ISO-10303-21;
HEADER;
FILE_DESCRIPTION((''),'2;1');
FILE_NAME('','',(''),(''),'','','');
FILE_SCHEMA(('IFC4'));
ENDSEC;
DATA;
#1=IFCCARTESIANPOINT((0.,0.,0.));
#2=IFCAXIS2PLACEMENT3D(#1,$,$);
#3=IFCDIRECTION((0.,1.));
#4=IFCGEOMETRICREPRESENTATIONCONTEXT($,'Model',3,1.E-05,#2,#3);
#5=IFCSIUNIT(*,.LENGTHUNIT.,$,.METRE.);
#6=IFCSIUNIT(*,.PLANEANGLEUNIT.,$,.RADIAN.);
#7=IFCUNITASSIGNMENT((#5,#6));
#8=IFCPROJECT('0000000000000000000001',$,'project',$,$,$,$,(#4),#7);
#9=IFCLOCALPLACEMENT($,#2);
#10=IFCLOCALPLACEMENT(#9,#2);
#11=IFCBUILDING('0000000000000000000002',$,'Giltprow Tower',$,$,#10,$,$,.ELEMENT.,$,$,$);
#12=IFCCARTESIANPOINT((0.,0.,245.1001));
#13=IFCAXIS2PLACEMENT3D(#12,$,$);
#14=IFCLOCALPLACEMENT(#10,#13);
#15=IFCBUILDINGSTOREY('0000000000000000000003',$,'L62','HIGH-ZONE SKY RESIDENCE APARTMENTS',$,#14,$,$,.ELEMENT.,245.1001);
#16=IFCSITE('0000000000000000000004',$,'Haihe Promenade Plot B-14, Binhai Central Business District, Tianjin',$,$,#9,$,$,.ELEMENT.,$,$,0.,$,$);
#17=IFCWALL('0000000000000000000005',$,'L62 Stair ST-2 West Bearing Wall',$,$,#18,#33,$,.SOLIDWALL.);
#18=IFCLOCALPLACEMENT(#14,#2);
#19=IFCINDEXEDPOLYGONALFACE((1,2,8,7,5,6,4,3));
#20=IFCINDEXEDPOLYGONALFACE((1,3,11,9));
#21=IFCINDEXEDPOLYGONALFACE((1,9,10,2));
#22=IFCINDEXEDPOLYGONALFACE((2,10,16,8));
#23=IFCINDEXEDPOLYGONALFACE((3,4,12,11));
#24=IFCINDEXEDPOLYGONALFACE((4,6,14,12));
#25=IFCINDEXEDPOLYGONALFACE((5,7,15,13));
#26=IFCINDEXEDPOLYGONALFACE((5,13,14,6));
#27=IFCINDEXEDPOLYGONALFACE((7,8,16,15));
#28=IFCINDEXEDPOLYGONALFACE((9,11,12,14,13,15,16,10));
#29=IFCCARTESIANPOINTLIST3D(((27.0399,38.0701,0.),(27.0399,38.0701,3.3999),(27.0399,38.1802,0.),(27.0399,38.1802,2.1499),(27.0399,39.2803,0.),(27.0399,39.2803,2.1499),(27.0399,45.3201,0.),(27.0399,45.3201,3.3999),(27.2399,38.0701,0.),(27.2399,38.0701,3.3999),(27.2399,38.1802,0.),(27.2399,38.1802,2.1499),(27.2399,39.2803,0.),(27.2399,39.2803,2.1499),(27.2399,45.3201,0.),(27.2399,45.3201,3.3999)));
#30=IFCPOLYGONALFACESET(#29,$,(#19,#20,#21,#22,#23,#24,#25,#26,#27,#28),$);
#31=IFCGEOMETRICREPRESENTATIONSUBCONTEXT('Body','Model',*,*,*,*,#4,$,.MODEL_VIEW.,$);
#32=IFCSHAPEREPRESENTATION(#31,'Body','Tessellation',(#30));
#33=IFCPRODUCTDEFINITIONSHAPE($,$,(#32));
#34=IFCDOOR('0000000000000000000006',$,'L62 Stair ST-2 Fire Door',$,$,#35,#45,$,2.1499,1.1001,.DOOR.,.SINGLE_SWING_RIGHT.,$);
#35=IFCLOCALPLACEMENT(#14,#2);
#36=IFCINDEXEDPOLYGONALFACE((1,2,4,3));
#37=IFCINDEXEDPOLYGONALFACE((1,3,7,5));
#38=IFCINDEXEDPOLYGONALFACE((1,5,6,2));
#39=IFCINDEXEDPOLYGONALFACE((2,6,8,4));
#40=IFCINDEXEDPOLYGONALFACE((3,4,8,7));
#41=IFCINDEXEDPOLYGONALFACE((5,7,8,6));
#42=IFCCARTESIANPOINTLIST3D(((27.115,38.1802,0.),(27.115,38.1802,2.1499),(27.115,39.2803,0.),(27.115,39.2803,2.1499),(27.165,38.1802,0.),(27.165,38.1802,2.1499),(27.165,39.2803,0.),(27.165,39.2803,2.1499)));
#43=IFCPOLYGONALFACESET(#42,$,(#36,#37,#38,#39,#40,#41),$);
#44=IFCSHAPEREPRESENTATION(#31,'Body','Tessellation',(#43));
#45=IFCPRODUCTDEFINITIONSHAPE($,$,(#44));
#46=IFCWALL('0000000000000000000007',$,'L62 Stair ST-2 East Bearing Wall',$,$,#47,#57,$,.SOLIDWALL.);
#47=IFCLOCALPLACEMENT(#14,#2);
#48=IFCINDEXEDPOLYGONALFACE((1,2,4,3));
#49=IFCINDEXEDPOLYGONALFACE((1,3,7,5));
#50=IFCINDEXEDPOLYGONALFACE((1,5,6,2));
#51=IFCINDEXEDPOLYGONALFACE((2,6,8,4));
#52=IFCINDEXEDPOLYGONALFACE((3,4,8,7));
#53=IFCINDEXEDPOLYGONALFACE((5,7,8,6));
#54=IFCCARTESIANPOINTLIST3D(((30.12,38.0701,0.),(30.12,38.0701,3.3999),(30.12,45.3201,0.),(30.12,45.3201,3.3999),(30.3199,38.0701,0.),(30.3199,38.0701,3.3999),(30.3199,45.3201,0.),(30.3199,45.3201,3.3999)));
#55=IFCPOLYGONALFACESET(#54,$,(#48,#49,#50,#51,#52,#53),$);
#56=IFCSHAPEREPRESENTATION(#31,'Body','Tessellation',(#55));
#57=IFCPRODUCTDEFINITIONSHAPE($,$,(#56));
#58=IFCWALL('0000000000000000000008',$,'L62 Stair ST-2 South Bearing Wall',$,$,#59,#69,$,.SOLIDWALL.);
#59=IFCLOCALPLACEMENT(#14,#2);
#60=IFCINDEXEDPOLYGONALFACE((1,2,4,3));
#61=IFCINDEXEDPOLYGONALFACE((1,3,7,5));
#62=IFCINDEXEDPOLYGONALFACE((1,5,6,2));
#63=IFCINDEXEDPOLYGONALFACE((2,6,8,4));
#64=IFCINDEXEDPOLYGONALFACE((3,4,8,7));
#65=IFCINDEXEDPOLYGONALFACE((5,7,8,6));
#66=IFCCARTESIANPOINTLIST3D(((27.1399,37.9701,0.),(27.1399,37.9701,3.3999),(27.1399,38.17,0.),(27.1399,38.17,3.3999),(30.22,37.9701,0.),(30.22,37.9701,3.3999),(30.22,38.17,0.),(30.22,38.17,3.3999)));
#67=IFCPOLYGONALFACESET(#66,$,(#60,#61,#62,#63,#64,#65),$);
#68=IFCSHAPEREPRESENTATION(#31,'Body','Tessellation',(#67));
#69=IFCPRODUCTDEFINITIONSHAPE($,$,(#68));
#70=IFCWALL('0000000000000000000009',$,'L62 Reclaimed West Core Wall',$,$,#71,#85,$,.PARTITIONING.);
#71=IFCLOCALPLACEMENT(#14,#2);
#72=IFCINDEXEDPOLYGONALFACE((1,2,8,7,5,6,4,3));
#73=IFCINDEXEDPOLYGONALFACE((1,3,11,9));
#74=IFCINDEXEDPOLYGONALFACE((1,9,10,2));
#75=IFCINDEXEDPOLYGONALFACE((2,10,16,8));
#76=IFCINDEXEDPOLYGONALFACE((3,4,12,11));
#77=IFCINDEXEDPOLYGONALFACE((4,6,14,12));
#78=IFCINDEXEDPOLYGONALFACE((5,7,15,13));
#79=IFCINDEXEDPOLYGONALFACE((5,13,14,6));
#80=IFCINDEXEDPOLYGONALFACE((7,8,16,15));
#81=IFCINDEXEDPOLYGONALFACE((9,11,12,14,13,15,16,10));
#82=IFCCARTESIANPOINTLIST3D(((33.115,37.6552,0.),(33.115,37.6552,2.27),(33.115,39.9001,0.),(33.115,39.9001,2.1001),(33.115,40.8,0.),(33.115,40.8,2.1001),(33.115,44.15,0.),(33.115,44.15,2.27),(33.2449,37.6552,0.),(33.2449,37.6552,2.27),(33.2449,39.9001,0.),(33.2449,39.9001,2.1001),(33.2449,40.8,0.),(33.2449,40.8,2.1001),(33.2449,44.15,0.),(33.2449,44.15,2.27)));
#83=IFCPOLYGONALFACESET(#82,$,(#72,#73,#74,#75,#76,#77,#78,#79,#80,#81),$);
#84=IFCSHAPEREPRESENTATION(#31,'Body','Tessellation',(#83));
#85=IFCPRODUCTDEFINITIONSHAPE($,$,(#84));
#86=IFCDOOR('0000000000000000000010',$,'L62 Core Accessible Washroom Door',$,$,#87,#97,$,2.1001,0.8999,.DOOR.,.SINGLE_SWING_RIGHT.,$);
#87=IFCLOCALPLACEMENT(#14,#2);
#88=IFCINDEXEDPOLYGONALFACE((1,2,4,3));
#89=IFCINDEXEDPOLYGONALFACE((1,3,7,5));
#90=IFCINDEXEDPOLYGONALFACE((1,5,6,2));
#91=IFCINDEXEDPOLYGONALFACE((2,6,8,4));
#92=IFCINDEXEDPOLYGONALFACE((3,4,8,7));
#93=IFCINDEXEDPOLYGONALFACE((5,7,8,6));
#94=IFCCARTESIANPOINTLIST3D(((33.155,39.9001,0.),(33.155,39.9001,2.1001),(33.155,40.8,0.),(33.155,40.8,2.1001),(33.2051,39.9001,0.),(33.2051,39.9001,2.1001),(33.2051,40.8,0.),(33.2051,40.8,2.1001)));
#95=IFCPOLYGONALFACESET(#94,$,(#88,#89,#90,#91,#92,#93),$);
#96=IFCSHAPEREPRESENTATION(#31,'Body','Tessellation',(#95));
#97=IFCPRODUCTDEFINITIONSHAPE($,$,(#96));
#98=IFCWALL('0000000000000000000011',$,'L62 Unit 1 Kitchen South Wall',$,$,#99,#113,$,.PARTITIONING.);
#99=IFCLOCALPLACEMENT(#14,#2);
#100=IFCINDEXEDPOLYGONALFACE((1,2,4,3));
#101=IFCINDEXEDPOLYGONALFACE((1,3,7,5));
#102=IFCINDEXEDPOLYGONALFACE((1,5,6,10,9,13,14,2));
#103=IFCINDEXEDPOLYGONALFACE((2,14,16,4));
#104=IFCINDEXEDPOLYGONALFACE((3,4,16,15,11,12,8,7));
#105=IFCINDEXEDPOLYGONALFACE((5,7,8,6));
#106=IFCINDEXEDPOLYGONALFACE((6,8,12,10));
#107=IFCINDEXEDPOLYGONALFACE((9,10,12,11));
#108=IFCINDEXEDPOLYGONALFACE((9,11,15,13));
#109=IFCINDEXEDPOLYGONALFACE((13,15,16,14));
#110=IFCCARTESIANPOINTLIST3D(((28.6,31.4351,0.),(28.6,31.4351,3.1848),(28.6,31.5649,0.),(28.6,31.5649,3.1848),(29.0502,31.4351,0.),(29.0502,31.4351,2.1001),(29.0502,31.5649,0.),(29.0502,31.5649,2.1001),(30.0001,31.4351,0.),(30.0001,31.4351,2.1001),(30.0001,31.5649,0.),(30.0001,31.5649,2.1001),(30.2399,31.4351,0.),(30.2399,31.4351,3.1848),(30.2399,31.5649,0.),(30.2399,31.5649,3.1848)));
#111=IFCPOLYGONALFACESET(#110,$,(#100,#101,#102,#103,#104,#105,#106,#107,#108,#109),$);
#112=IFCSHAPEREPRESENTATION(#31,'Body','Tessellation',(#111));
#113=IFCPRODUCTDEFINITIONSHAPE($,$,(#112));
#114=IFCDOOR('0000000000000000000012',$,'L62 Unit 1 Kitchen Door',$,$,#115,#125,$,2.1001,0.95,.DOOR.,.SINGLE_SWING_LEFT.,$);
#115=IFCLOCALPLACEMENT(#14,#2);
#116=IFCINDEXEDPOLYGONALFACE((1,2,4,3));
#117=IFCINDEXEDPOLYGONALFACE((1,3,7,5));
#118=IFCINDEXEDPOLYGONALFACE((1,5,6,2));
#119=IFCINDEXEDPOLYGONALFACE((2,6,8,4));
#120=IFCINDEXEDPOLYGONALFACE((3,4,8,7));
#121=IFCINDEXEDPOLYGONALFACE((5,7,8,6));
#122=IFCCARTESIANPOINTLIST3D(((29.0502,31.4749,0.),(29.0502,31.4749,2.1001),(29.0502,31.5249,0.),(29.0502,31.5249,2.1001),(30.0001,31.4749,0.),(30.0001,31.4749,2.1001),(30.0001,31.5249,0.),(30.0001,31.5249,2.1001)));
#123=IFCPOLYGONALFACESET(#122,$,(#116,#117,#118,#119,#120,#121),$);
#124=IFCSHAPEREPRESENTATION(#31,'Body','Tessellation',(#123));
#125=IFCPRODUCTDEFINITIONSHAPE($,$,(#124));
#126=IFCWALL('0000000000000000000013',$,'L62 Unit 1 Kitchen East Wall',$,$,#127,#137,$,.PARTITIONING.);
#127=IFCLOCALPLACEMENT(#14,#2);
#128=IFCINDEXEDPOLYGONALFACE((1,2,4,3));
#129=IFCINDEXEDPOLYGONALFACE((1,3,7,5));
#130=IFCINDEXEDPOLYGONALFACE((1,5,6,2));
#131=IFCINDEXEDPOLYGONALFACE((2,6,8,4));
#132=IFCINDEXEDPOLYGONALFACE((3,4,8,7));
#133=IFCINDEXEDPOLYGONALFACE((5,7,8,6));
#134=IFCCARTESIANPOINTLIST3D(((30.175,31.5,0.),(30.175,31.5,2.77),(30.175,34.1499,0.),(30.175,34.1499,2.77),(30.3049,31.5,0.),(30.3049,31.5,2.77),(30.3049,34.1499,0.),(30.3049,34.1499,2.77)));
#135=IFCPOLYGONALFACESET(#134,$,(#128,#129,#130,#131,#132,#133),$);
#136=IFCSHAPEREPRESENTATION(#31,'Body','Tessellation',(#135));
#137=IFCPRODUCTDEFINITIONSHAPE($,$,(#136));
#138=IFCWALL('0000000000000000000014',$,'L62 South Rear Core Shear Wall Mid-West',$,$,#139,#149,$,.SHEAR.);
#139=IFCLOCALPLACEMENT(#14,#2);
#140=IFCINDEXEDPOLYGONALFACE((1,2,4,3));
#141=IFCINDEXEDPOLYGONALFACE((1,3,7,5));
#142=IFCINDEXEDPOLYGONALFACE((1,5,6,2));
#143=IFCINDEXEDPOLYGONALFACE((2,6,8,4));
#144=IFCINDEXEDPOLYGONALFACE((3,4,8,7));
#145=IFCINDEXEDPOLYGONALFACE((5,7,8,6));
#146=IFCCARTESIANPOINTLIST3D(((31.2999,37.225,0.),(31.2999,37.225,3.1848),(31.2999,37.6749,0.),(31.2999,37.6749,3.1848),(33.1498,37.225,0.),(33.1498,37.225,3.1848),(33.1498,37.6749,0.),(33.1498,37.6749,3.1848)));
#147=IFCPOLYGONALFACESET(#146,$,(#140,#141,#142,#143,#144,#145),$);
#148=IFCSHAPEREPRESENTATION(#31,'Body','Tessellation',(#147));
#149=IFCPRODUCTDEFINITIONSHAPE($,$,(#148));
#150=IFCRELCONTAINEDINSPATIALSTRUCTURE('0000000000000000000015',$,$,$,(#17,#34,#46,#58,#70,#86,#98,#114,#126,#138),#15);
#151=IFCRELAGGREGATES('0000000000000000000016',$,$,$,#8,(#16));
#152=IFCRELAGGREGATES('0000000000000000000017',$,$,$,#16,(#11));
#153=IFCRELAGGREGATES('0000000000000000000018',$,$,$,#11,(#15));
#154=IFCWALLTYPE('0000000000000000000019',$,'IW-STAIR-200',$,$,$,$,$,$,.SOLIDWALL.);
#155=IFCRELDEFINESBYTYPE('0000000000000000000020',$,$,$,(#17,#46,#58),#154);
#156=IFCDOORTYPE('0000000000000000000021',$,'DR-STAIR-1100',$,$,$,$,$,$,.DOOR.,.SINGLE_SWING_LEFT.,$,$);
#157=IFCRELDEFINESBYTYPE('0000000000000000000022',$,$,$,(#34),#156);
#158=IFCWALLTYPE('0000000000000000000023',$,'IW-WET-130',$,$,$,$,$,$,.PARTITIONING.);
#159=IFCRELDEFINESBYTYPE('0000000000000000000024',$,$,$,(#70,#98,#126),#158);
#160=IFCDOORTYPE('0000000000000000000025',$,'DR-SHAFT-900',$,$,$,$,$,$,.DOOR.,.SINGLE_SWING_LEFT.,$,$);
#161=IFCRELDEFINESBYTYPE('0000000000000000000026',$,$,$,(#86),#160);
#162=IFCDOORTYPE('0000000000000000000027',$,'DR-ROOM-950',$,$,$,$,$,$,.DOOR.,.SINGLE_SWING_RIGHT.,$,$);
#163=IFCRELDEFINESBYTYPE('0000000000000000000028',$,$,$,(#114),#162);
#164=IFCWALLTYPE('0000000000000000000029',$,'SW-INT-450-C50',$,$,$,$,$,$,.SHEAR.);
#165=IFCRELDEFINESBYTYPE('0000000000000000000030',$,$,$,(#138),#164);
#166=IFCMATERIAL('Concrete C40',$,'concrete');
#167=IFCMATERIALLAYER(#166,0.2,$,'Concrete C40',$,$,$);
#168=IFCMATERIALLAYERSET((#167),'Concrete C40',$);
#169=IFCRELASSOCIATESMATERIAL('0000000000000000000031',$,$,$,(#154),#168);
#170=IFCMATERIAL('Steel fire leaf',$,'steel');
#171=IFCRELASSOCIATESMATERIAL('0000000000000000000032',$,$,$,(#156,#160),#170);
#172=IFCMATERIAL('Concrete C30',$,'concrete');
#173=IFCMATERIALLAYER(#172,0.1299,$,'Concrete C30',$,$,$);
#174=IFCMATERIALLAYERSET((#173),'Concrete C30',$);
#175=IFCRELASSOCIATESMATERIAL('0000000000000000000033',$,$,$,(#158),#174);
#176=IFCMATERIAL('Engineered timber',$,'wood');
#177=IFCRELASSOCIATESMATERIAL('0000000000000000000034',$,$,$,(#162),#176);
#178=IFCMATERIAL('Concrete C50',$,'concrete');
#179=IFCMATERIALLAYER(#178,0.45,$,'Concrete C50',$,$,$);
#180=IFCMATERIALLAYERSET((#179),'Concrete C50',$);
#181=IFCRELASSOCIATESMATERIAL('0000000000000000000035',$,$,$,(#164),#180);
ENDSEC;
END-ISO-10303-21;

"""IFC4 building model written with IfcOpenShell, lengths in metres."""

from ifc_helpers import new_model, si_unit, direction, frame, frame_2d, origin, place, context, subcontext, project, spatial, rectangle, extrude, source, transform, mapped, material, layer, layer_set, type_object, element, fill, save


model = new_model("IFC4")

# Units and contexts
model_context = context("Model", 3, precision=1e-05, world=origin(), true_north=direction((0.0, 1.0)))
body_context = subcontext(model_context, "Body", "Model", "MODEL_VIEW")
ifc_project = project(units=[si_unit("LENGTHUNIT", "METRE"), si_unit("PLANEANGLEUNIT", "RADIAN")], contexts=[model_context])

# Site, building, storey
site_placement = place(None, origin())
site = spatial("IfcSite", under=ifc_project, at=site_placement, Name="Haihe Promenade Plot B-14, Binhai Central Business District, Tianjin", CompositionType="ELEMENT", RefElevation=0.0)
building_placement = place(site_placement, origin())
building = spatial("IfcBuilding", under=site, at=building_placement, Name="Giltprow Tower", CompositionType="ELEMENT")
storey_placement = place(building_placement, frame((0.0, 0.0, 245.1001)))
storey = spatial("IfcBuildingStorey", under=building, at=storey_placement, Name="L62", Description="HIGH-ZONE SKY RESIDENCE APARTMENTS", CompositionType="ELEMENT", Elevation=245.1001)

# Shared definitions
ifc_material_1 = material(Name="Concrete C50", Category="concrete")

# Wall, opening, door
ifc_material_2 = material(Name="Concrete C40", Category="concrete")
ifc_layer_1 = layer(ifc_material_2, 0.2, Name="Concrete C40")
ifc_layer_set_1 = layer_set([ifc_layer_1], Name="Concrete C40")
wall_type_1 = type_object("IfcWallType", Name="IW-STAIR-200", PredefinedType="SOLIDWALL", material=ifc_layer_set_1)
ifc_material_3 = material(Name="Steel fire leaf", Category="steel")
door_type_1 = type_object("IfcDoorType", Name="DR-STAIR-1100", OperationType="SINGLE_SWING_LEFT", PredefinedType="DOOR", material=ifc_material_3)
shared_shape_1 = source(origin(), body_context, "Body", "SweptSolid", [
    extrude(rectangle(XDim=1.1001, YDim=2.1499, at=frame_2d((0.55, 1.075))), frame((0.0, 0.0249, 0.0), z_axis=(0.0, -1.0, 0.0), x_axis=(1.0, 0.0, 0.0)), (0.0, 0.0, 1.0), 0.05),
])
wall_1_placement = place(storey_placement, frame((27.1399, 38.0701, 0.0), z_axis=(0.0, 0.0, 1.0), x_axis=(0.0, 1.0, 0.0)))
wall_1 = element("IfcWall", 1, at=wall_1_placement, inside=storey, type_object=wall_type_1, Name="L62 Stair ST-2 West Bearing Wall", PredefinedType="SOLIDWALL", context=body_context, shape_type="SweptSolid", body=[
    extrude(rectangle(XDim=7.25, YDim=0.2, at=frame_2d((3.625, 0.0))), origin(), (0.0, 0.0, 1.0), 3.3999),
])
opening_1_placement = place(wall_1_placement, frame((0.1101, 0.0, 0.0)))
opening_1 = element("IfcOpeningElement", 2, at=opening_1_placement, cuts=wall_1, PredefinedType="OPENING", context=body_context, shape_type="SweptSolid", body=[
    extrude(rectangle(XDim=1.1001, YDim=2.1499, at=frame_2d((0.55, 1.075))), frame((0.0, 0.1099, 0.0), z_axis=(0.0, -1.0, 0.0), x_axis=(1.0, 0.0, 0.0)), (0.0, 0.0, 1.0), 0.22),
])
door_1_placement = place(opening_1_placement, origin())
door_1 = element("IfcDoor", 3, at=door_1_placement, inside=storey, type_object=door_type_1, Name="L62 Stair ST-2 Fire Door", OperationType="SINGLE_SWING_RIGHT", OverallHeight=2.1499, OverallWidth=1.1001, PredefinedType="DOOR", context=body_context, shape_type="MappedRepresentation", body=[
    mapped(shared_shape_1, transform((0.0, 0.0, 0.0), x_axis=(1.0, 0.0, 0.0), y_axis=(0.0, 1.0, 0.0), z_axis=(0.0, 0.0, 1.0), scale=1.0)),
])
fill(opening_1, door_1)

# Walls
wall_2_placement = place(storey_placement, frame((30.22, 38.0701, 0.0), z_axis=(0.0, 0.0, 1.0), x_axis=(0.0, 1.0, 0.0)))
element("IfcWall", 4, at=wall_2_placement, inside=storey, type_object=wall_type_1, Name="L62 Stair ST-2 East Bearing Wall", PredefinedType="SOLIDWALL", context=body_context, shape_type="SweptSolid", body=[
    extrude(rectangle(XDim=7.25, YDim=0.2, at=frame_2d((3.625, 0.0))), origin(), (0.0, 0.0, 1.0), 3.3999),
])
wall_3_placement = place(storey_placement, frame((27.1399, 38.0701, 0.0), z_axis=(0.0, 0.0, 1.0), x_axis=(1.0, 0.0, 0.0)))
element("IfcWall", 5, at=wall_3_placement, inside=storey, type_object=wall_type_1, Name="L62 Stair ST-2 South Bearing Wall", PredefinedType="SOLIDWALL", context=body_context, shape_type="SweptSolid", body=[
    extrude(rectangle(XDim=3.0801, YDim=0.2, at=frame_2d((1.54, 0.0))), origin(), (0.0, 0.0, 1.0), 3.3999),
])

# Walls, openings, doors
ifc_material_4 = material(Name="Concrete C30", Category="concrete")
ifc_layer_2 = layer(ifc_material_4, 0.1299, Name="Concrete C30")
ifc_layer_set_2 = layer_set([ifc_layer_2], Name="Concrete C30")
wall_type_2 = type_object("IfcWallType", Name="IW-WET-130", PredefinedType="PARTITIONING", material=ifc_layer_set_2)
wall_4_placement = place(storey_placement, frame((33.1799, 37.655, 0.0), z_axis=(0.0, 0.0, 1.0), x_axis=(0.0, 1.0, 0.0)))
wall_4 = element("IfcWall", 6, at=wall_4_placement, inside=storey, type_object=wall_type_2, Name="L62 Reclaimed West Core Wall", PredefinedType="PARTITIONING", context=body_context, shape_type="SweptSolid", body=[
    extrude(rectangle(XDim=6.4949, YDim=0.1299, at=frame_2d((3.2476, 0.0))), origin(), (0.0, 0.0, 1.0), 2.27),
])
opening_2_placement = place(wall_4_placement, frame((2.2451, 0.0, 0.0)))
opening_2 = element("IfcOpeningElement", 7, at=opening_2_placement, cuts=wall_4, PredefinedType="OPENING", context=body_context, shape_type="SweptSolid", body=[
    extrude(rectangle(XDim=0.8999, YDim=2.1001, at=frame_2d((0.45, 1.05))), frame((0.0, 0.075, 0.0), z_axis=(0.0, -1.0, 0.0), x_axis=(1.0, 0.0, 0.0)), (0.0, 0.0, 1.0), 0.1499),
])
door_type_2 = type_object("IfcDoorType", Name="DR-SHAFT-900", OperationType="SINGLE_SWING_LEFT", PredefinedType="DOOR", material=ifc_material_3)
shared_shape_2 = source(origin(), body_context, "Body", "SweptSolid", [
    extrude(rectangle(XDim=0.8999, YDim=2.1001, at=frame_2d((0.45, 1.05))), frame((0.0, 0.0249, 0.0), z_axis=(0.0, -1.0, 0.0), x_axis=(1.0, 0.0, 0.0)), (0.0, 0.0, 1.0), 0.05),
])
door_2_placement = place(opening_2_placement, origin())
door_2 = element("IfcDoor", 8, at=door_2_placement, inside=storey, type_object=door_type_2, Name="L62 Core Accessible Washroom Door", OperationType="SINGLE_SWING_RIGHT", OverallHeight=2.1001, OverallWidth=0.8999, PredefinedType="DOOR", context=body_context, shape_type="MappedRepresentation", body=[
    mapped(shared_shape_2, transform((0.0, 0.0, 0.0), x_axis=(1.0, 0.0, 0.0), y_axis=(0.0, 1.0, 0.0), z_axis=(0.0, 0.0, 1.0), scale=1.0)),
])
fill(opening_2, door_2)
wall_5_placement = place(storey_placement, frame((28.6001, 31.5, 0.0), z_axis=(0.0, 0.0, 1.0), x_axis=(1.0, 0.0, 0.0)))
wall_5 = element("IfcWall", 9, at=wall_5_placement, inside=storey, type_object=wall_type_2, Name="L62 Unit 1 Kitchen South Wall", PredefinedType="PARTITIONING", context=body_context, shape_type="SweptSolid", body=[
    extrude(rectangle(XDim=1.6399, YDim=0.1299, at=frame_2d((0.8198, 0.0))), origin(), (0.0, 0.0, 1.0), 3.1848),
])
opening_3_placement = place(wall_5_placement, frame((0.45, 0.0, 0.0)))
opening_3 = element("IfcOpeningElement", 10, at=opening_3_placement, cuts=wall_5, PredefinedType="OPENING", context=body_context, shape_type="SweptSolid", body=[
    extrude(rectangle(XDim=0.95, YDim=2.1001, at=frame_2d((0.4751, 1.05))), frame((0.0, 0.075, 0.0), z_axis=(0.0, -1.0, 0.0), x_axis=(1.0, 0.0, 0.0)), (0.0, 0.0, 1.0), 0.1499),
])
ifc_material_5 = material(Name="Engineered timber", Category="wood")
door_type_3 = type_object("IfcDoorType", Name="DR-ROOM-950", OperationType="SINGLE_SWING_RIGHT", PredefinedType="DOOR", material=ifc_material_5)
shared_shape_3 = source(origin(), body_context, "Body", "SweptSolid", [
    extrude(rectangle(XDim=0.95, YDim=2.1001, at=frame_2d((0.4751, 1.05))), frame((0.0, 0.0249, 0.0), z_axis=(0.0, -1.0, 0.0), x_axis=(1.0, 0.0, 0.0)), (0.0, 0.0, 1.0), 0.05),
])
door_3_placement = place(opening_3_placement, origin())
door_3 = element("IfcDoor", 11, at=door_3_placement, inside=storey, type_object=door_type_3, Name="L62 Unit 1 Kitchen Door", OperationType="SINGLE_SWING_LEFT", OverallHeight=2.1001, OverallWidth=0.95, PredefinedType="DOOR", context=body_context, shape_type="MappedRepresentation", body=[
    mapped(shared_shape_3, transform((0.0, 0.0, 0.0), x_axis=(1.0, 0.0, 0.0), y_axis=(0.0, 1.0, 0.0), z_axis=(0.0, 0.0, 1.0), scale=1.0)),
])
fill(opening_3, door_3)

# Walls
wall_6_placement = place(storey_placement, frame((30.24, 31.5, 0.0), z_axis=(0.0, 0.0, 1.0), x_axis=(0.0, 1.0, 0.0)))
element("IfcWall", 12, at=wall_6_placement, inside=storey, type_object=wall_type_2, Name="L62 Unit 1 Kitchen East Wall", PredefinedType="PARTITIONING", context=body_context, shape_type="SweptSolid", body=[
    extrude(rectangle(XDim=2.6499, YDim=0.1299, at=frame_2d((1.325, 0.0))), origin(), (0.0, 0.0, 1.0), 2.77),
])
ifc_layer_3 = layer(ifc_material_1, 0.45, Name="Concrete C50")
ifc_layer_set_3 = layer_set([ifc_layer_3], Name="Concrete C50")
wall_type_3 = type_object("IfcWallType", Name="SW-INT-450-C50", PredefinedType="SHEAR", material=ifc_layer_set_3)
wall_7_placement = place(storey_placement, frame((31.3, 37.45, 0.0), z_axis=(0.0, 0.0, 1.0), x_axis=(1.0, 0.0, 0.0)))
element("IfcWall", 13, at=wall_7_placement, inside=storey, type_object=wall_type_3, Name="L62 South Rear Core Shear Wall Mid-West", PredefinedType="SHEAR", context=body_context, shape_type="SweptSolid", body=[
    extrude(rectangle(XDim=1.8499, YDim=0.45, at=frame_2d((0.9248, 0.0))), origin(), (0.0, 0.0, 1.0), 3.1848),
])

save(model, "model.ifc")
